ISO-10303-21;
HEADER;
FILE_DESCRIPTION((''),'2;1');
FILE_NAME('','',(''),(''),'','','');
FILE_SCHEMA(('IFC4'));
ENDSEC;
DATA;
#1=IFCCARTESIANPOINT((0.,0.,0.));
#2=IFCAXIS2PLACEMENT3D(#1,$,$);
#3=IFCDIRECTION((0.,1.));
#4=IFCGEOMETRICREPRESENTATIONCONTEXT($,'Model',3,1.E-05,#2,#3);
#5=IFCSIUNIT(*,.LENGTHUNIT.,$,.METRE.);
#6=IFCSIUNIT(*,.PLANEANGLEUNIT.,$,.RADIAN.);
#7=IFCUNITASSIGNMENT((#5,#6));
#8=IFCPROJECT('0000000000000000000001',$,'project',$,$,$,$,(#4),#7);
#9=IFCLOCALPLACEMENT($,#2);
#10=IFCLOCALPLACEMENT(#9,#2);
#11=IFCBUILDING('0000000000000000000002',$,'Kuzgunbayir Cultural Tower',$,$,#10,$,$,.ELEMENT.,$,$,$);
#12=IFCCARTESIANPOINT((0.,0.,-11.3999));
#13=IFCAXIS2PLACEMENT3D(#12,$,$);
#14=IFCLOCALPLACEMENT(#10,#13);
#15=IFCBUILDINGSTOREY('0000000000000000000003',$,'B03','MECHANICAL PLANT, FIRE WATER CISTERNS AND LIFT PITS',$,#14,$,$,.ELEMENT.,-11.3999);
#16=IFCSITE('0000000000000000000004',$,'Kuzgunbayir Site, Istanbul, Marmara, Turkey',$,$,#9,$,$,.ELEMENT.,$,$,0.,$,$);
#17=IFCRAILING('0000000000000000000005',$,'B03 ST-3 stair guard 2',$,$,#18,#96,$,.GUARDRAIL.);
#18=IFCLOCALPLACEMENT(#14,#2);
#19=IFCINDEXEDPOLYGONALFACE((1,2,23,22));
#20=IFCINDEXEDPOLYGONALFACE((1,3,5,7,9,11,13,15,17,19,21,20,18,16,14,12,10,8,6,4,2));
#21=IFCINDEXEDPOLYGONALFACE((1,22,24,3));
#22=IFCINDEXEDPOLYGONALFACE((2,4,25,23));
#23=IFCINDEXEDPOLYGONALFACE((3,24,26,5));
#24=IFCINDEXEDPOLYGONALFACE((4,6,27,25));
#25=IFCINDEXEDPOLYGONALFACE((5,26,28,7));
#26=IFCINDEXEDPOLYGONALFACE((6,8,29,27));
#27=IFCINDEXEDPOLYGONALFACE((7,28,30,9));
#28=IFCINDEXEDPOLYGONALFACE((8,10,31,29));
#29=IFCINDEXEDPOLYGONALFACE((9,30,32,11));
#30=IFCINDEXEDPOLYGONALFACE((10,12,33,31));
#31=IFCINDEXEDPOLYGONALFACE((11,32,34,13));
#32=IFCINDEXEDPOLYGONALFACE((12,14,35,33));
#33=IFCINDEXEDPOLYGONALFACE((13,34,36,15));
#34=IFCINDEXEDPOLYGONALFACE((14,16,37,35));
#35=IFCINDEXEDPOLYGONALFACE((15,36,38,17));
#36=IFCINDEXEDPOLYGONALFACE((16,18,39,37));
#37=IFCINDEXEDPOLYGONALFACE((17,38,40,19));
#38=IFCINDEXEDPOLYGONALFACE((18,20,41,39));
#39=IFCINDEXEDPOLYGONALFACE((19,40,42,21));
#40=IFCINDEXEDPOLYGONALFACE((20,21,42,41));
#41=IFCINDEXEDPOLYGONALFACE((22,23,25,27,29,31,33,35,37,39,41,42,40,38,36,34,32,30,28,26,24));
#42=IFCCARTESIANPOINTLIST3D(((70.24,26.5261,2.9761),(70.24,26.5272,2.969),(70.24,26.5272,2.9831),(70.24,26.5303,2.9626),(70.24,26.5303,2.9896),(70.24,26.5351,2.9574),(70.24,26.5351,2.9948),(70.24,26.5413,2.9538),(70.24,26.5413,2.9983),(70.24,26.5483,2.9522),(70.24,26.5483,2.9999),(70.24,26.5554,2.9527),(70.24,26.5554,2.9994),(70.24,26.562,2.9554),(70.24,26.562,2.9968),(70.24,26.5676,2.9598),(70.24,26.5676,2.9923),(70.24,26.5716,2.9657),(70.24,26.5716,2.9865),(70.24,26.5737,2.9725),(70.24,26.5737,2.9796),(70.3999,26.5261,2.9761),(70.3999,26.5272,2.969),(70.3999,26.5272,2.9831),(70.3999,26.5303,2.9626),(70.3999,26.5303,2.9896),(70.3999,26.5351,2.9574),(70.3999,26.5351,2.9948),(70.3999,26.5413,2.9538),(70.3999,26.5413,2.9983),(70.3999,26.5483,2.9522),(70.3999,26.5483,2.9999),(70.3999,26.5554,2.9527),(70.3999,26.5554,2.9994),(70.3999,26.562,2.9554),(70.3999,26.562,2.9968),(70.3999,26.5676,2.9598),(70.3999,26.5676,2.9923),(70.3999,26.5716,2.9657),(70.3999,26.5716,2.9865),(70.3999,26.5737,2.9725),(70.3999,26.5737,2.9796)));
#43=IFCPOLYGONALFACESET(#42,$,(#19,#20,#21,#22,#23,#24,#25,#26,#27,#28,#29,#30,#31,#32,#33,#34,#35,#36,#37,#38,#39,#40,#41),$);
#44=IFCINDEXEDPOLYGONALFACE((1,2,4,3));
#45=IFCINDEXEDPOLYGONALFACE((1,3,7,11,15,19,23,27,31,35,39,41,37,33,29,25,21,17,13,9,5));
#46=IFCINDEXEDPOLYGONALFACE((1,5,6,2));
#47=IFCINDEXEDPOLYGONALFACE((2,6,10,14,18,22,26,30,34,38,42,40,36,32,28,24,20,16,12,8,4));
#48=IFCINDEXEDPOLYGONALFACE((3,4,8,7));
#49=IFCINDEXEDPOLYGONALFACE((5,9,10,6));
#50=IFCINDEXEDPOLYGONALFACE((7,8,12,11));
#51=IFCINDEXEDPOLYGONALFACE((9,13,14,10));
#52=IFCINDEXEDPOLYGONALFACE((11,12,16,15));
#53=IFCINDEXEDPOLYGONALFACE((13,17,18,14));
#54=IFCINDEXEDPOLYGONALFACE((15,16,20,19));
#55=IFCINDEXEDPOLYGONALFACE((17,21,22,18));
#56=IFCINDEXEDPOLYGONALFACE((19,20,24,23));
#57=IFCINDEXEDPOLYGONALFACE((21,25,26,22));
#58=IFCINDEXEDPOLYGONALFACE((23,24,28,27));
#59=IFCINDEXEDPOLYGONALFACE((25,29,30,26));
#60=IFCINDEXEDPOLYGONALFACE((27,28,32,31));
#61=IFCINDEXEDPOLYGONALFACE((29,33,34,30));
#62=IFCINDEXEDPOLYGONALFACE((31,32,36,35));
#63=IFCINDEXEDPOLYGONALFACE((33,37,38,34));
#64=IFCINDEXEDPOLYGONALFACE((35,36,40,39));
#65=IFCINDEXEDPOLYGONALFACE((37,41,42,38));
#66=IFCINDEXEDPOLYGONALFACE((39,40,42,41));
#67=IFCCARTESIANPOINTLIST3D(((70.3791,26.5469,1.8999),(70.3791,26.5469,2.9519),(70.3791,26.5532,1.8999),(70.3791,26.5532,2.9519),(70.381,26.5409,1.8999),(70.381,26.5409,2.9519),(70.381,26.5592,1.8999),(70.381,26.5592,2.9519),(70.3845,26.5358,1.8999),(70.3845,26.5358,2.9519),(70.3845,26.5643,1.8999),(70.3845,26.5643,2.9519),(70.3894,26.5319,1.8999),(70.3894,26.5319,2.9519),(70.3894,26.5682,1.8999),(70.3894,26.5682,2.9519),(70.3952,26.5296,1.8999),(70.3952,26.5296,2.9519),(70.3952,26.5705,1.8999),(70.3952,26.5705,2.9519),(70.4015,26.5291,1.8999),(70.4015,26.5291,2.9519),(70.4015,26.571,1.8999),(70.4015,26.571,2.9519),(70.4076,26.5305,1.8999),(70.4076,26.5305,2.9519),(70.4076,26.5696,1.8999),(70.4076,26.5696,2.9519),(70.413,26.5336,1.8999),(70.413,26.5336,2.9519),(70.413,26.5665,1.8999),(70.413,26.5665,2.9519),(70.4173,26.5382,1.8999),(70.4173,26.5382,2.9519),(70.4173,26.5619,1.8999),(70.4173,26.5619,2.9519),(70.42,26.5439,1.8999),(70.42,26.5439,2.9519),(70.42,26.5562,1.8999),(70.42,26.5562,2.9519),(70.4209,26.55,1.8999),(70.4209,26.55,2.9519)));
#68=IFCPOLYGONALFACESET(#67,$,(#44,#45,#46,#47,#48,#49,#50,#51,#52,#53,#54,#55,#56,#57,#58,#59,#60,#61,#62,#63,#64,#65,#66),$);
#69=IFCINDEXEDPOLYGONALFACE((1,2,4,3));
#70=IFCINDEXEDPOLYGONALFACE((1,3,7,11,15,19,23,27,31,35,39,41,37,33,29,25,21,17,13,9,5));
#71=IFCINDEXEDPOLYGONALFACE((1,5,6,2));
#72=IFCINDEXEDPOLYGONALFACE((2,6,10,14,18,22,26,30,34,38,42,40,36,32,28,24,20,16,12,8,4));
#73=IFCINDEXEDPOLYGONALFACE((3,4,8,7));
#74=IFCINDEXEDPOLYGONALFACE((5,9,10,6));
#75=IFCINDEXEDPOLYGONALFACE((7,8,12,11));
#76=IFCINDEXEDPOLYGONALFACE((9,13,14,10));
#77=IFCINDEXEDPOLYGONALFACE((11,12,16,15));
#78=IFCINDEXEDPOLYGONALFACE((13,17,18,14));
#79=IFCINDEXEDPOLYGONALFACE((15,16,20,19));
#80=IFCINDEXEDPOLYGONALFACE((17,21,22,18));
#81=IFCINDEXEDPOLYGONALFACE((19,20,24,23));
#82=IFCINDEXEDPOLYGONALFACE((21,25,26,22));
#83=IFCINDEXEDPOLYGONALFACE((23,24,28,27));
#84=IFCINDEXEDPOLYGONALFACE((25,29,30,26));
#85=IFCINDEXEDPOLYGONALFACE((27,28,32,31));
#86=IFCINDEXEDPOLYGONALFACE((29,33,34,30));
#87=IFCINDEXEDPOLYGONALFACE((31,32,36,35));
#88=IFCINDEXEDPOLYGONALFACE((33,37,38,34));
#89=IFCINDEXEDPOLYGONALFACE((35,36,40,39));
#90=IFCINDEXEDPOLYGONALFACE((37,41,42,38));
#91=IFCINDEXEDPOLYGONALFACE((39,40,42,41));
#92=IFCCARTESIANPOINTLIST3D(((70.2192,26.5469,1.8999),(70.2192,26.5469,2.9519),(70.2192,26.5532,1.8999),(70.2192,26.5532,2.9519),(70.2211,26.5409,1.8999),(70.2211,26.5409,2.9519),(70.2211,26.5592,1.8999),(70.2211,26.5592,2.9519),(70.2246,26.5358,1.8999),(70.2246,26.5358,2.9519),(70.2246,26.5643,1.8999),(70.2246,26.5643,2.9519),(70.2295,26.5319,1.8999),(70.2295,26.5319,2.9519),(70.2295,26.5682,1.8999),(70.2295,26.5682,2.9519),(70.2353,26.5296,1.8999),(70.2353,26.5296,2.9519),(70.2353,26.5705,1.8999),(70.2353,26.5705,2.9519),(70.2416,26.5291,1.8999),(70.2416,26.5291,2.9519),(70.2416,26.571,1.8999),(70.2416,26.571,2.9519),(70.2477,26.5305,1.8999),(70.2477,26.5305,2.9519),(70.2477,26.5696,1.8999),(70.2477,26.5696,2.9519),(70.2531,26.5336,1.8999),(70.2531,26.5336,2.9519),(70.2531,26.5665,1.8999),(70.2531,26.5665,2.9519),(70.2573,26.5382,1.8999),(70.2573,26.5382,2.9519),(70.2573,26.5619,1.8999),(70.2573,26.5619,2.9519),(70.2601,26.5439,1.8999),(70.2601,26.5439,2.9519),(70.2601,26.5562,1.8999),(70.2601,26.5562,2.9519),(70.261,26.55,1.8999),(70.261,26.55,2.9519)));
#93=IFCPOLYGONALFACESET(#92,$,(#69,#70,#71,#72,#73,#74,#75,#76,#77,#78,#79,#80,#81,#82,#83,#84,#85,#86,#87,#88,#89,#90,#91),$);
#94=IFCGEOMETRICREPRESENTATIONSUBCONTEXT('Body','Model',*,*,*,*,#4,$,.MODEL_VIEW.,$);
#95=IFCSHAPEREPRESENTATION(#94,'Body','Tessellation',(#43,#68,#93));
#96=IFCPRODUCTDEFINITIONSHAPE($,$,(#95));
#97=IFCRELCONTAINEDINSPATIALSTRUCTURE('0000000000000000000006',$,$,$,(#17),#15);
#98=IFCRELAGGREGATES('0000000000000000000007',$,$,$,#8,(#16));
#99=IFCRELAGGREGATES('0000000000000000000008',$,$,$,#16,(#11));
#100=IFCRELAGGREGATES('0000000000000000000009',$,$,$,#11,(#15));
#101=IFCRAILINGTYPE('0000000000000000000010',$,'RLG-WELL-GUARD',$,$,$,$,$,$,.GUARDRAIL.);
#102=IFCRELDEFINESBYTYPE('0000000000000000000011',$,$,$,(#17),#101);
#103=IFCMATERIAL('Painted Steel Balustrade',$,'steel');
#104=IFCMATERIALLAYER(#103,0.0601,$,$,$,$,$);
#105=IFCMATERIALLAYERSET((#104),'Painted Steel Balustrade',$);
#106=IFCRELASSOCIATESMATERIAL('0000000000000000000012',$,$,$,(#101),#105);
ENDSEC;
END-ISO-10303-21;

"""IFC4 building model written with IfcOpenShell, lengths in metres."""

from ifc_helpers import new_model, si_unit, direction, frame, origin, origin_2d, place, context, subcontext, project, spatial, circle, extrude, material, layer, layer_set, type_object, element, save


model = new_model("IFC4")

# Units and contexts
model_context = context("Model", 3, precision=1e-05, world=origin(), true_north=direction((0.0, 1.0)))
body_context = subcontext(model_context, "Body", "Model", "MODEL_VIEW")
ifc_project = project(units=[si_unit("LENGTHUNIT", "METRE"), si_unit("PLANEANGLEUNIT", "RADIAN")], contexts=[model_context])

# Site, building, storey
site_placement = place(None, origin())
site = spatial("IfcSite", under=ifc_project, at=site_placement, Name="Kuzgunbayir Site, Istanbul, Marmara, Turkey", CompositionType="ELEMENT", RefElevation=0.0)
building_placement = place(site_placement, origin())
building = spatial("IfcBuilding", under=site, at=building_placement, Name="Kuzgunbayir Cultural Tower", CompositionType="ELEMENT")
storey_placement = place(building_placement, frame((0.0, 0.0, -11.3999)))
storey = spatial("IfcBuildingStorey", under=building, at=storey_placement, Name="B03", Description="MECHANICAL PLANT, FIRE WATER CISTERNS AND LIFT PITS", CompositionType="ELEMENT", Elevation=-11.3999)

# Railing
ifc_material_1 = material(Name="Painted Steel Balustrade", Category="steel")
ifc_layer_1 = layer(ifc_material_1, 0.0601)
ifc_layer_set_1 = layer_set([ifc_layer_1], Name="Painted Steel Balustrade")
railing_type_1 = type_object("IfcRailingType", Name="RLG-WELL-GUARD", PredefinedType="GUARDRAIL", material=ifc_layer_set_1)
railing_1_placement = place(storey_placement, frame((70.3999, 26.55, 1.8999)))
element("IfcRailing", 1, at=railing_1_placement, inside=storey, type_object=railing_type_1, Name="B03 ST-3 stair guard 2", PredefinedType="GUARDRAIL", context=body_context, shape_type="SweptSolid", body=[
    extrude(circle(Radius=0.0239, at=origin_2d()), frame((0.0, 0.0, 1.0762), z_axis=(-1.0, 0.0, 0.0), x_axis=(0.0, -1.0, 0.0)), (0.0, 0.0, 1.0), 0.1599),
    extrude(circle(Radius=0.021, at=origin_2d()), origin(), (0.0, 0.0, 1.0), 1.052),
    extrude(circle(Radius=0.021, at=origin_2d()), frame((-0.1599, 0.0, 0.0)), (0.0, 0.0, 1.0), 1.052),
])

save(model, "model.ifc")
